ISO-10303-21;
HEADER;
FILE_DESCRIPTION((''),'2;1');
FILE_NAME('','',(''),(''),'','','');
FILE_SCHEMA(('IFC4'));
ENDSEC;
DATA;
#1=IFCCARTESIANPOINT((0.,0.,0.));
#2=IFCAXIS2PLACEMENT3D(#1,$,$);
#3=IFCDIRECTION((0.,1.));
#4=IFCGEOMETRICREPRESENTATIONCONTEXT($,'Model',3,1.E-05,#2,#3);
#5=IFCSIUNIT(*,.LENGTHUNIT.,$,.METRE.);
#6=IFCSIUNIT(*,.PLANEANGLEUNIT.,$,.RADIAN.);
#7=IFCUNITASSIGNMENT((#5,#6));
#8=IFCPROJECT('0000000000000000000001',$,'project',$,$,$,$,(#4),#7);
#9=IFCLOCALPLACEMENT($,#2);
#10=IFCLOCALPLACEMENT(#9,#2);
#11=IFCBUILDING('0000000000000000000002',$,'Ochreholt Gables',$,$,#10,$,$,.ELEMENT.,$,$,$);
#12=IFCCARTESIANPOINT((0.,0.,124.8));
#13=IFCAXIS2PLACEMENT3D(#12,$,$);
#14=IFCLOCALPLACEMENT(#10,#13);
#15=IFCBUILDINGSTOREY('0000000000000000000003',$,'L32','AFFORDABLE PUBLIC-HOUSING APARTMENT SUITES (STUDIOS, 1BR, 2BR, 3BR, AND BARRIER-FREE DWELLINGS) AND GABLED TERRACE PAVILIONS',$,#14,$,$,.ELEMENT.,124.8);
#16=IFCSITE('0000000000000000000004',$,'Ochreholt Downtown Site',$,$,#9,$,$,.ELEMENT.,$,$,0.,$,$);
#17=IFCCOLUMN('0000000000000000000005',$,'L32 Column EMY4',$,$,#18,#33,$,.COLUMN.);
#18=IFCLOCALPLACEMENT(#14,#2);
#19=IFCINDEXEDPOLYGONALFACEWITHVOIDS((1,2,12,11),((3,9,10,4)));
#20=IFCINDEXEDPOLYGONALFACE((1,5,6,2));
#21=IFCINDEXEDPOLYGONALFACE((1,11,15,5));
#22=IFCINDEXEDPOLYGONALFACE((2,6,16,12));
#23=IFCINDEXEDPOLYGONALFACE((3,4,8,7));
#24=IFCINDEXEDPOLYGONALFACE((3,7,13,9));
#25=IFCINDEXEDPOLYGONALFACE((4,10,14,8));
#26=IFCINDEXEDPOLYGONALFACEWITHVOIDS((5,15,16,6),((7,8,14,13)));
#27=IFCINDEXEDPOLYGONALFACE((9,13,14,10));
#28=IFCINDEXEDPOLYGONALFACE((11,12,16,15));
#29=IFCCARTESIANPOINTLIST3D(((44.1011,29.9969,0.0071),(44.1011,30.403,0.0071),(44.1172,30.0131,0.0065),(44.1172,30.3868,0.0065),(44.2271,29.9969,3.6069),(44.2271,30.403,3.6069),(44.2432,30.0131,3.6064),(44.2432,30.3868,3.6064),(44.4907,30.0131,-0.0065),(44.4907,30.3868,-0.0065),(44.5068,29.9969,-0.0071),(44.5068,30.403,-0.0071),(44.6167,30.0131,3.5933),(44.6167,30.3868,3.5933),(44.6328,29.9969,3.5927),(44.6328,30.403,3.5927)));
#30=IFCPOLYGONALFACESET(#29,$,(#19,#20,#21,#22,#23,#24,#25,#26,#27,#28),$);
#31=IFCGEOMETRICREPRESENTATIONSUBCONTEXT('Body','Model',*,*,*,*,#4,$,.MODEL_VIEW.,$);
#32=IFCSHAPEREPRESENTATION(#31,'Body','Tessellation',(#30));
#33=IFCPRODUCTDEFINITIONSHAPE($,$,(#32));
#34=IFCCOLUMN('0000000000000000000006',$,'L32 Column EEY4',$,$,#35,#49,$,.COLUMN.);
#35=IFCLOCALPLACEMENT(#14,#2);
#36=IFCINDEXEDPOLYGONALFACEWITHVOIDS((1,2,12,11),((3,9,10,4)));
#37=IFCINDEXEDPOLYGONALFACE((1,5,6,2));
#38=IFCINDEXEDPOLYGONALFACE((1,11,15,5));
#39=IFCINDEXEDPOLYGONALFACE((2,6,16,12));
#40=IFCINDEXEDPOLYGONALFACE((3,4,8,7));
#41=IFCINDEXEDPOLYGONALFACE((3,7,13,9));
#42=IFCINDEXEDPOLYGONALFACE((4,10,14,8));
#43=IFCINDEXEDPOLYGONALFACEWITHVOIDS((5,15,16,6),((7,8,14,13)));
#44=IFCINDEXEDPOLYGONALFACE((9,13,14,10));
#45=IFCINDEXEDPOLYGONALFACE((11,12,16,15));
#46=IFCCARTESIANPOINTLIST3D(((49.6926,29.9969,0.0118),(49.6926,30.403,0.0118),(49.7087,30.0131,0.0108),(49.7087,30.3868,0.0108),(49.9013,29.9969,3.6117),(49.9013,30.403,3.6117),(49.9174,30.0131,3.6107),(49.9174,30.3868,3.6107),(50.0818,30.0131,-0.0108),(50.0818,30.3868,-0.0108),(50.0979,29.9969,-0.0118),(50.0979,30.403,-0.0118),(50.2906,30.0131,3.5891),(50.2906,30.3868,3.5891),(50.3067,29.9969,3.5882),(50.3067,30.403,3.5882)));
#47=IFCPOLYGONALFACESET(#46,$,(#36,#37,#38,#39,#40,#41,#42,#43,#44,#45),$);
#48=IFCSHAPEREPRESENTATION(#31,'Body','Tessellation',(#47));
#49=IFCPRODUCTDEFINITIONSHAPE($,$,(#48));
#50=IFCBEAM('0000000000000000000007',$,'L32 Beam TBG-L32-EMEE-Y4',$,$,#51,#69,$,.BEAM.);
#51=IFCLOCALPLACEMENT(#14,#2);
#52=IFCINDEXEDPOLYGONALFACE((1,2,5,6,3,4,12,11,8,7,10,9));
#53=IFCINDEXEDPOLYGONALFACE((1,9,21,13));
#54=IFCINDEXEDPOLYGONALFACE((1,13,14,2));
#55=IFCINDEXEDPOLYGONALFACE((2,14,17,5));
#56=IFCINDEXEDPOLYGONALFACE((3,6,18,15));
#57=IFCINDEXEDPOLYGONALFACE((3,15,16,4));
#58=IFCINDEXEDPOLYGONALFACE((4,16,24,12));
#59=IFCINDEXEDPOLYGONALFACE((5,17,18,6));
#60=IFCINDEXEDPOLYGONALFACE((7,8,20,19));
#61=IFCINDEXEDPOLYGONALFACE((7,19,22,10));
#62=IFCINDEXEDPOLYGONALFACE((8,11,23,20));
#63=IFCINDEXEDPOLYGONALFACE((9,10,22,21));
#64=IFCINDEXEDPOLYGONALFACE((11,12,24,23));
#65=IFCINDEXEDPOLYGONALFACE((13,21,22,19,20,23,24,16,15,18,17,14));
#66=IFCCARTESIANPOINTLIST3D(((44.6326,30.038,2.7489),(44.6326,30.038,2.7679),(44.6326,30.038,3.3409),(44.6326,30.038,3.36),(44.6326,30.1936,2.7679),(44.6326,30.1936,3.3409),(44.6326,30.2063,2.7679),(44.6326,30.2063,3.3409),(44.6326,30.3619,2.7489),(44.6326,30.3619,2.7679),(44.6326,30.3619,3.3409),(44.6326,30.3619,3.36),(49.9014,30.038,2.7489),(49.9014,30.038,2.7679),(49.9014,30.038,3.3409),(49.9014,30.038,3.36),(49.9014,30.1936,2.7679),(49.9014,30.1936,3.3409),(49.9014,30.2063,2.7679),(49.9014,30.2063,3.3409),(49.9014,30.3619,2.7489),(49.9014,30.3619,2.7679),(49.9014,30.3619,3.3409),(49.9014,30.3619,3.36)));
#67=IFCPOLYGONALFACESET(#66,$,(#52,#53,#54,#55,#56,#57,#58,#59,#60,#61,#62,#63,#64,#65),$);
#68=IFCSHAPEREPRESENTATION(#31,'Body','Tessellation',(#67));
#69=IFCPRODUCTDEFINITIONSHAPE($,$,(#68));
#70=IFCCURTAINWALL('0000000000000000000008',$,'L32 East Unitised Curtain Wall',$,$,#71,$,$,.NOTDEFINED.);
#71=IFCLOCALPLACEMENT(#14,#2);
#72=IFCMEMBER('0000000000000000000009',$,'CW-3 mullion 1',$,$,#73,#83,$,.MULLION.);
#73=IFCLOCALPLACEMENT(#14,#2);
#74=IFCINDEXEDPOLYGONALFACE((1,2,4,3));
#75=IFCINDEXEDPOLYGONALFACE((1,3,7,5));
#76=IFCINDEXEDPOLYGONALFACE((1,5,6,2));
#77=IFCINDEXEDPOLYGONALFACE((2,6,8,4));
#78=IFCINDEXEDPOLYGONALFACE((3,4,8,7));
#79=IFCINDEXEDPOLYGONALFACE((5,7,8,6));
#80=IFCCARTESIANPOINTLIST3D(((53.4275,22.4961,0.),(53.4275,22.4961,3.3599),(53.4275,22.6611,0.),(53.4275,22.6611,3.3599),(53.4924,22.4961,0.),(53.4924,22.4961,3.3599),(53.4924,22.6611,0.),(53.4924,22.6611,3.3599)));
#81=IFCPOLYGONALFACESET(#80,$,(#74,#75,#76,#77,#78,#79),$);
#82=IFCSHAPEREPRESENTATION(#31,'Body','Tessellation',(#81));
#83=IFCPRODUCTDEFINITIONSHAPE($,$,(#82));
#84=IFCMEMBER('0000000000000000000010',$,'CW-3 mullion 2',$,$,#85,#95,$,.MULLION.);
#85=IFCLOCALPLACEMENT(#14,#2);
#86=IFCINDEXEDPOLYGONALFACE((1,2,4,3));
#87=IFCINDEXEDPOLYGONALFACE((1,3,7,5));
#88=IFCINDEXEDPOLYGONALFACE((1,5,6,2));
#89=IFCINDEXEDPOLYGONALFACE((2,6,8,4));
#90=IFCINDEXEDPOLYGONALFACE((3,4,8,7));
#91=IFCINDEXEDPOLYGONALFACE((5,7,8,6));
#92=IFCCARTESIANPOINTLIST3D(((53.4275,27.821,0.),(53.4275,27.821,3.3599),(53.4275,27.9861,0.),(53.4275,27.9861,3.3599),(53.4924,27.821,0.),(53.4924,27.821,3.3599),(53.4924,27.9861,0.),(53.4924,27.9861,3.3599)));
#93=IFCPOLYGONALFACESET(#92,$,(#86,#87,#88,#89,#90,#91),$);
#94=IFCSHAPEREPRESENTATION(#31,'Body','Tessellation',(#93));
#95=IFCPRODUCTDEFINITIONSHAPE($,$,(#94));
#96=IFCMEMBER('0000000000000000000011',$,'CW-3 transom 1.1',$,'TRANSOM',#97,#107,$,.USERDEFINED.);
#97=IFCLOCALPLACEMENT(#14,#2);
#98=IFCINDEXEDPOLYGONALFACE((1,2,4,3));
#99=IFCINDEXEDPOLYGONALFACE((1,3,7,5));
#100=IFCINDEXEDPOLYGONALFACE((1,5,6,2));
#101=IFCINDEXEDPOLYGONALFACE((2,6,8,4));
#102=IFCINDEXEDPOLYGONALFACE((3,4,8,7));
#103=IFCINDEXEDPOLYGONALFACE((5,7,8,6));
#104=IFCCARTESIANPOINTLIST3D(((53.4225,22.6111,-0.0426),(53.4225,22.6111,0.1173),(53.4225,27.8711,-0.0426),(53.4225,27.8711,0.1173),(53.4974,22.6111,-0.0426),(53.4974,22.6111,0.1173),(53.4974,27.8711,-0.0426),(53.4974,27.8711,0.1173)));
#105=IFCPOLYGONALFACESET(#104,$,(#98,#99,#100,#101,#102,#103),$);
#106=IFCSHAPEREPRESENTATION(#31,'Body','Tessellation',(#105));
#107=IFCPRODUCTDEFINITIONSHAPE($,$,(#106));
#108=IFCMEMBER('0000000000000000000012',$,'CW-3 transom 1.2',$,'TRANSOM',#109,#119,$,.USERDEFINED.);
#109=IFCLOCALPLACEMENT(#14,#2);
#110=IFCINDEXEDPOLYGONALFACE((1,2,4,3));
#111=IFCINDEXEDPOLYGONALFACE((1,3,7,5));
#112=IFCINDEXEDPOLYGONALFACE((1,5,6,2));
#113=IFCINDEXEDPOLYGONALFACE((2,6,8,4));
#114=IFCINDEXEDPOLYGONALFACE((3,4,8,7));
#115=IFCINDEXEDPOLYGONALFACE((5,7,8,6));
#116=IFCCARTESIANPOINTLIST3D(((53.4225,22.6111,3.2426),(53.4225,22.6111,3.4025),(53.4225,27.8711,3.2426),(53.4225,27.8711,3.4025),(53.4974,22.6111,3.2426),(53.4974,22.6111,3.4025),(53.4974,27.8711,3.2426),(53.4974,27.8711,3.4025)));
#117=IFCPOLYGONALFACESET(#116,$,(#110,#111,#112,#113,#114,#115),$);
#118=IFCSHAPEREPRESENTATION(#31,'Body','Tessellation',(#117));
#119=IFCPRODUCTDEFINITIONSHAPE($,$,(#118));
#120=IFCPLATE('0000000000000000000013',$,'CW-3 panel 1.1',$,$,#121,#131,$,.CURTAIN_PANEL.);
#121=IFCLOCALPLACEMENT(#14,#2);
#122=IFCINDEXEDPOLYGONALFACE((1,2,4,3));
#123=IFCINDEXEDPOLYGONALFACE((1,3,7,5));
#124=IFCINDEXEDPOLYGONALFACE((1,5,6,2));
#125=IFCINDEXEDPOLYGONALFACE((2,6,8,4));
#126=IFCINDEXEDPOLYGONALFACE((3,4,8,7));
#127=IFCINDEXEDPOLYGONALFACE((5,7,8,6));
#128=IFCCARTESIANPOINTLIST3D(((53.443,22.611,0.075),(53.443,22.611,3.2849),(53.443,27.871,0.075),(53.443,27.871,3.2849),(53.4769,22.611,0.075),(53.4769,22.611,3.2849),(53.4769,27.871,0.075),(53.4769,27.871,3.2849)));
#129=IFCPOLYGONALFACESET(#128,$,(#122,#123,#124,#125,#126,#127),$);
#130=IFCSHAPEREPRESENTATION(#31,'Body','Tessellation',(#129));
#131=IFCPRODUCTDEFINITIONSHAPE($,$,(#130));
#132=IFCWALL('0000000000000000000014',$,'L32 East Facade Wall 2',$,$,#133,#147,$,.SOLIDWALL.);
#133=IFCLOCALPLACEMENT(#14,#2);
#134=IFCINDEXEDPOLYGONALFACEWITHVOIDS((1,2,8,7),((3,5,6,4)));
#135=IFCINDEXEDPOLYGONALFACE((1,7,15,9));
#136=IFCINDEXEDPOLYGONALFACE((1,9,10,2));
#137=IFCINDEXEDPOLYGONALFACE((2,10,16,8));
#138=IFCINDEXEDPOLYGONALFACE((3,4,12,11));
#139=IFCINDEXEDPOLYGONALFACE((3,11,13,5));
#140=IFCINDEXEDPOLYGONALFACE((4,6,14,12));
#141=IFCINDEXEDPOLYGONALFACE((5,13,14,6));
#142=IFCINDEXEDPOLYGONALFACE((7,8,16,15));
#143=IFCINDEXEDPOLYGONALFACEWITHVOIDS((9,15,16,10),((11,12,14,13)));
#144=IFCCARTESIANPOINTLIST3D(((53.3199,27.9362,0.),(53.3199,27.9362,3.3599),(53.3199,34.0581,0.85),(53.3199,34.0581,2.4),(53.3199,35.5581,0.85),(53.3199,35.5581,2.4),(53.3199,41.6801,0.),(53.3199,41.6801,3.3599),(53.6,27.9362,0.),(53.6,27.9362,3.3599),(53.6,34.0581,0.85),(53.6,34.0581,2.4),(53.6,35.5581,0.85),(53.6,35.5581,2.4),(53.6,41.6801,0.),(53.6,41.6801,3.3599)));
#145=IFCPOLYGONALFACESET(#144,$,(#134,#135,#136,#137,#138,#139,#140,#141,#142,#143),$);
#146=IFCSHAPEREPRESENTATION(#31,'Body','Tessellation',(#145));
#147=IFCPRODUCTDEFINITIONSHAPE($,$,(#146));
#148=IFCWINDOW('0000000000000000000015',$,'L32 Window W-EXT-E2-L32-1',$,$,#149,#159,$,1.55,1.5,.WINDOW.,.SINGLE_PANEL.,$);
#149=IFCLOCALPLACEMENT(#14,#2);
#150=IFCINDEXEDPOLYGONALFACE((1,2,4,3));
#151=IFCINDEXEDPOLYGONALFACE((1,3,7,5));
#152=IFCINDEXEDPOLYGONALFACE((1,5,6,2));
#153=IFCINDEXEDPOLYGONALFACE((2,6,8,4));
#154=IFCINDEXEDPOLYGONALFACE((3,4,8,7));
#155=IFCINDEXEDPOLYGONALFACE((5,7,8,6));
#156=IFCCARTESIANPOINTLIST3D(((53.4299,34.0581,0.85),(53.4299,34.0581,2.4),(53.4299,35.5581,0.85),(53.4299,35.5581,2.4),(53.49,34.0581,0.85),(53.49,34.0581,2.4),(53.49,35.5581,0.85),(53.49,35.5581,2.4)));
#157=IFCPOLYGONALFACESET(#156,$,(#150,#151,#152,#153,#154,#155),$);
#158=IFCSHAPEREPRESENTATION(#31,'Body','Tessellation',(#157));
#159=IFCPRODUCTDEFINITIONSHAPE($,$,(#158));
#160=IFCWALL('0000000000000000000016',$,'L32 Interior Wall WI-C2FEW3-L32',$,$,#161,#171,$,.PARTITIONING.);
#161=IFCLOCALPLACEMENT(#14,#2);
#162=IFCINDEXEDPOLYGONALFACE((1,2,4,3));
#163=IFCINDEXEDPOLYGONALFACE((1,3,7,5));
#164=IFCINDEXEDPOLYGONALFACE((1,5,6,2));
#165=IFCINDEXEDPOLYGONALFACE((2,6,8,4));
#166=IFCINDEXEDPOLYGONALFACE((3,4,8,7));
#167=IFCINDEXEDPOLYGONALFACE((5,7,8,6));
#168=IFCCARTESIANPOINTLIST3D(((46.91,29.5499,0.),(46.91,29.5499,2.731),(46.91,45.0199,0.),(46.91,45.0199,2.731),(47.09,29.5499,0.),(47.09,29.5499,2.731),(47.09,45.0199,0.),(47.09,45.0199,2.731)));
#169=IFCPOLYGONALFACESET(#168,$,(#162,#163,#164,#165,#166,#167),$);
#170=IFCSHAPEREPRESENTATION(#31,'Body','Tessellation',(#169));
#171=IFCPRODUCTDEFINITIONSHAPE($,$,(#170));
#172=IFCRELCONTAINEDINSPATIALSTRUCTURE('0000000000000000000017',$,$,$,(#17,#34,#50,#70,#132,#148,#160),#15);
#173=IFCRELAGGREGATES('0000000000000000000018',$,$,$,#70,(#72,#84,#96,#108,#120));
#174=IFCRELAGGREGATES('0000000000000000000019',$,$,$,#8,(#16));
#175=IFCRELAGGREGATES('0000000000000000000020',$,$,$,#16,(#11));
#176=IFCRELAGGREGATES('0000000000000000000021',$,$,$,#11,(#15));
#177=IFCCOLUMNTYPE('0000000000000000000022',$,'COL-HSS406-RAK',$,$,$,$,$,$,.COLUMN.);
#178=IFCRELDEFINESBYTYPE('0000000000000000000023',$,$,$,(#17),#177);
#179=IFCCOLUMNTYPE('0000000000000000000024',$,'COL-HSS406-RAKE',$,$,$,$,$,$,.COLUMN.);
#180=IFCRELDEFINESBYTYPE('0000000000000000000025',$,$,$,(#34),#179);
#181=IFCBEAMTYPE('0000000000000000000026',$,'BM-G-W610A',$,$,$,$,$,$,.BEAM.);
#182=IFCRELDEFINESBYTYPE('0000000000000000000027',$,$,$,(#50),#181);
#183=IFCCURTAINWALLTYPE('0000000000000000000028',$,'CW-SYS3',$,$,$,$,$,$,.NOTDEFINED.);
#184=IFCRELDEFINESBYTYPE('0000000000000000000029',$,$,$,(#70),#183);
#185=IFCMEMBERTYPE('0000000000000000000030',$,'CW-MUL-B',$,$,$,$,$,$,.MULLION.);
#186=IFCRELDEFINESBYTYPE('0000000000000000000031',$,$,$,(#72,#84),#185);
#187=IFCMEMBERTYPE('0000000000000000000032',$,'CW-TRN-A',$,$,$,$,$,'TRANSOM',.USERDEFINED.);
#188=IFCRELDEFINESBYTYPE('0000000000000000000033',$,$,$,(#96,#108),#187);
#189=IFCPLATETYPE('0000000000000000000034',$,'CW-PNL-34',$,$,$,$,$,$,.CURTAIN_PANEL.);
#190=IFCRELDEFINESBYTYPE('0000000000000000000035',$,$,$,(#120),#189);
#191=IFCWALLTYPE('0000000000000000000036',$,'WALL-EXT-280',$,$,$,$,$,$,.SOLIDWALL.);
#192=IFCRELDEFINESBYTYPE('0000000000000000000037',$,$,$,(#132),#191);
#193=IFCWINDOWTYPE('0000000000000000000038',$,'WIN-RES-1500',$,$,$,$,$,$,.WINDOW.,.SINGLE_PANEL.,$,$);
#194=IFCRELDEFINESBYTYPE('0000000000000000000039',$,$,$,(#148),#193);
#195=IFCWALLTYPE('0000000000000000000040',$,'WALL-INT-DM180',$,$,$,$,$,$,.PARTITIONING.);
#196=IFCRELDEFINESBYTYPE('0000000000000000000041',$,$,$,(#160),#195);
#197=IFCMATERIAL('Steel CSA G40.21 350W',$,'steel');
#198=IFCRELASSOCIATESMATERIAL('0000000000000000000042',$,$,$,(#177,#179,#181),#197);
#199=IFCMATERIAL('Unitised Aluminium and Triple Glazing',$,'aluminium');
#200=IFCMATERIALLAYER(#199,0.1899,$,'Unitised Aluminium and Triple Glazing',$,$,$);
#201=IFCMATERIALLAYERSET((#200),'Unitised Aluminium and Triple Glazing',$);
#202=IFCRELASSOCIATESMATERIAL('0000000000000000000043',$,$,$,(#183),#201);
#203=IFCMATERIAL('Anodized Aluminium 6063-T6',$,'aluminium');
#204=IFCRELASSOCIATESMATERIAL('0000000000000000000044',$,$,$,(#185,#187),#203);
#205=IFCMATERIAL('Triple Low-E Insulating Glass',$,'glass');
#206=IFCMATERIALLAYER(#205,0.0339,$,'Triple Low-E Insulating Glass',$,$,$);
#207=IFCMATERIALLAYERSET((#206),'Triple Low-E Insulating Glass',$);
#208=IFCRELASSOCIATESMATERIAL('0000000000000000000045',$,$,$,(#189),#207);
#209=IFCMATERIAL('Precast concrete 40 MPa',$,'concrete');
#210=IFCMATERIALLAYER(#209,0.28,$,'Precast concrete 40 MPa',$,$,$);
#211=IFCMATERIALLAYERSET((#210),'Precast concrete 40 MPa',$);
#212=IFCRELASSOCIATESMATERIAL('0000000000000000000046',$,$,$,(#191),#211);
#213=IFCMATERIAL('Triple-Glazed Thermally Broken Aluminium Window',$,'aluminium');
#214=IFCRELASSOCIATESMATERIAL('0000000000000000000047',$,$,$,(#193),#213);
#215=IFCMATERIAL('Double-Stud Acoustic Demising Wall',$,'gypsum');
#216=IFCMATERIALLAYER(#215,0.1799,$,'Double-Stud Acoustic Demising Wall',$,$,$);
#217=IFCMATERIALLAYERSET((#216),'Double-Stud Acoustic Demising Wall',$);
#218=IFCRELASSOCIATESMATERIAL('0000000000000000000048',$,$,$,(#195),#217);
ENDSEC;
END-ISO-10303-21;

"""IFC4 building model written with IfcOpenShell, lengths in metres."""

from ifc_helpers import new_model, si_unit, direction, frame, frame_2d, origin, origin_2d, place, context, subcontext, project, spatial, rectangle, hollow_rectangle, i_section, extrude, material, layer, layer_set, material_profile, profile_set, type_object, element, fill, aggregate, save


model = new_model("IFC4")

# Units and contexts
model_context = context("Model", 3, precision=1e-05, world=origin(), true_north=direction((0.0, 1.0)))
body_context = subcontext(model_context, "Body", "Model", "MODEL_VIEW")
ifc_project = project(units=[si_unit("LENGTHUNIT", "METRE"), si_unit("PLANEANGLEUNIT", "RADIAN")], contexts=[model_context])

# Site, building, storey
site_placement = place(None, origin())
site = spatial("IfcSite", under=ifc_project, at=site_placement, Name="Ochreholt Downtown Site", CompositionType="ELEMENT", RefElevation=0.0)
building_placement = place(site_placement, origin())
building = spatial("IfcBuilding", under=site, at=building_placement, Name="Ochreholt Gables", CompositionType="ELEMENT")
storey_placement = place(building_placement, frame((0.0, 0.0, 124.8)))
storey = spatial("IfcBuildingStorey", under=building, at=storey_placement, Name="L32", Description="AFFORDABLE PUBLIC-HOUSING APARTMENT SUITES (STUDIOS, 1BR, 2BR, 3BR, AND BARRIER-FREE DWELLINGS) AND GABLED TERRACE PAVILIONS", CompositionType="ELEMENT", Elevation=124.8)

# Columns
ifc_material_1 = material(Name="Steel CSA G40.21 350W", Category="steel")
ifc_material_profile_1 = material_profile(ifc_material_1, hollow_rectangle(XDim=0.406, YDim=0.406, WallThickness=0.0161, at=origin_2d()), Name="HSS406X406X16")
ifc_profile_set_1 = profile_set([ifc_material_profile_1], Name="Steel CSA G40.21 350W")
column_type_1 = type_object("IfcColumnType", Name="COL-HSS406-RAK", PredefinedType="COLUMN", material=ifc_profile_set_1)
column_1_placement = place(storey_placement, frame((44.304, 30.2, 0.0), z_axis=(0.034974, 0.0, 0.999388), x_axis=(0.0, 1.0, 0.0)))
element("IfcColumn", 1, at=column_1_placement, inside=storey, type_object=column_type_1, Name="L32 Column EMY4", PredefinedType="COLUMN", context=body_context, shape_type="SweptSolid", body=[
    extrude(hollow_rectangle(XDim=0.406, YDim=0.406, WallThickness=0.0161, at=origin_2d()), origin(), (0.0, 0.0, 1.0), 3.6021),
])
ifc_material_profile_2 = material_profile(ifc_material_1, hollow_rectangle(XDim=0.406, YDim=0.406, WallThickness=0.0161, at=origin_2d()), Name="HSS406X406X16")
ifc_profile_set_2 = profile_set([ifc_material_profile_2], Name="Steel CSA G40.21 350W")
column_type_2 = type_object("IfcColumnType", Name="COL-HSS406-RAKE", PredefinedType="COLUMN", material=ifc_profile_set_2)
column_2_placement = place(storey_placement, frame((49.8953, 30.2, 0.0), z_axis=(0.057889, 0.0, 0.998323), x_axis=(0.0, 1.0, 0.0)))
element("IfcColumn", 2, at=column_2_placement, inside=storey, type_object=column_type_2, Name="L32 Column EEY4", PredefinedType="COLUMN", context=body_context, shape_type="SweptSolid", body=[
    extrude(hollow_rectangle(XDim=0.406, YDim=0.406, WallThickness=0.0161, at=origin_2d()), origin(), (0.0, 0.0, 1.0), 3.606),
])

# Beam
ifc_material_profile_3 = material_profile(ifc_material_1, i_section(OverallWidth=0.324, OverallDepth=0.6111, WebThickness=0.0127, FlangeThickness=0.019, at=origin_2d()), Name="W610X155")
ifc_profile_set_3 = profile_set([ifc_material_profile_3], Name="Steel CSA G40.21 350W")
beam_type = type_object("IfcBeamType", Name="BM-G-W610A", PredefinedType="BEAM", material=ifc_profile_set_3)
beam_placement = place(storey_placement, frame((44.6326, 30.2, 3.0544), z_axis=(1.0, 0.0, 0.0), x_axis=(0.0, 1.0, 0.0)))
element("IfcBeam", 3, at=beam_placement, inside=storey, type_object=beam_type, Name="L32 Beam TBG-L32-EMEE-Y4", PredefinedType="BEAM", context=body_context, shape_type="SweptSolid", body=[
    extrude(i_section(OverallWidth=0.324, OverallDepth=0.6111, WebThickness=0.0127, FlangeThickness=0.019, at=origin_2d()), origin(), (0.0, 0.0, 1.0), 5.2688),
])

# Curtain wall, members, plate
ifc_material_2 = material(Name="Unitised Aluminium and Triple Glazing", Category="aluminium")
ifc_layer_1 = layer(ifc_material_2, 0.1899, Name="Unitised Aluminium and Triple Glazing")
ifc_layer_set_1 = layer_set([ifc_layer_1], Name="Unitised Aluminium and Triple Glazing")
curtain_wall_type = type_object("IfcCurtainWallType", Name="CW-SYS3", PredefinedType="NOTDEFINED", material=ifc_layer_set_1)
curtain_wall_placement = place(storey_placement, origin())
curtain_wall = element("IfcCurtainWall", 4, at=curtain_wall_placement, inside=storey, type_object=curtain_wall_type, Name="L32 East Unitised Curtain Wall", PredefinedType="NOTDEFINED")
ifc_material_3 = material(Name="Anodized Aluminium 6063-T6", Category="aluminium")
ifc_material_profile_4 = material_profile(ifc_material_3, rectangle(XDim=0.0649, YDim=0.165, at=origin_2d()), Name="CWM65X165")
ifc_profile_set_4 = profile_set([ifc_material_profile_4], Name="Anodized Aluminium 6063-T6")
member_type_1 = type_object("IfcMemberType", Name="CW-MUL-B", PredefinedType="MULLION", material=ifc_profile_set_4)
member_1_placement = place(storey_placement, frame((53.46, 22.5786, 0.0), z_axis=(0.0, 0.0, 1.0), x_axis=(-1.0, 0.0, 0.0)))
member_1 = element("IfcMember", 5, at=member_1_placement, type_object=member_type_1, Name="CW-3 mullion 1", PredefinedType="MULLION", context=body_context, shape_type="SweptSolid", body=[
    extrude(rectangle(XDim=0.0649, YDim=0.165, at=origin_2d()), origin(), (0.0, 0.0, 1.0), 3.3599),
])
member_2_placement = place(storey_placement, frame((53.46, 27.9036, 0.0), z_axis=(0.0, 0.0, 1.0), x_axis=(-1.0, 0.0, 0.0)))
member_2 = element("IfcMember", 6, at=member_2_placement, type_object=member_type_1, Name="CW-3 mullion 2", PredefinedType="MULLION", context=body_context, shape_type="SweptSolid", body=[
    extrude(rectangle(XDim=0.0649, YDim=0.165, at=origin_2d()), origin(), (0.0, 0.0, 1.0), 3.3599),
])
ifc_material_profile_5 = material_profile(ifc_material_3, rectangle(XDim=0.075, YDim=0.1599, at=origin_2d()), Name="CWT75X160")
ifc_profile_set_5 = profile_set([ifc_material_profile_5], Name="Anodized Aluminium 6063-T6")
member_type_2 = type_object("IfcMemberType", Name="CW-TRN-A", ElementType="TRANSOM", PredefinedType="USERDEFINED", material=ifc_profile_set_5)
member_3_placement = place(storey_placement, frame((53.46, 22.6111, 0.0374), z_axis=(0.0, 1.0, 0.0), x_axis=(-1.0, 0.0, 0.0)))
member_3 = element("IfcMember", 7, at=member_3_placement, type_object=member_type_2, Name="CW-3 transom 1.1", ObjectType="TRANSOM", PredefinedType="USERDEFINED", context=body_context, shape_type="SweptSolid", body=[
    extrude(rectangle(XDim=0.075, YDim=0.1599, at=origin_2d()), origin(), (0.0, 0.0, 1.0), 5.26),
])
member_4_placement = place(storey_placement, frame((53.46, 22.6111, 3.3225), z_axis=(0.0, 1.0, 0.0), x_axis=(-1.0, 0.0, 0.0)))
member_4 = element("IfcMember", 8, at=member_4_placement, type_object=member_type_2, Name="CW-3 transom 1.2", ObjectType="TRANSOM", PredefinedType="USERDEFINED", context=body_context, shape_type="SweptSolid", body=[
    extrude(rectangle(XDim=0.075, YDim=0.1599, at=origin_2d()), origin(), (0.0, 0.0, 1.0), 5.26),
])
ifc_material_4 = material(Name="Triple Low-E Insulating Glass", Category="glass")
ifc_layer_2 = layer(ifc_material_4, 0.0339, Name="Triple Low-E Insulating Glass")
ifc_layer_set_2 = layer_set([ifc_layer_2], Name="Triple Low-E Insulating Glass")
plate_type = type_object("IfcPlateType", Name="CW-PNL-34", PredefinedType="CURTAIN_PANEL", material=ifc_layer_set_2)
plate_placement = place(storey_placement, frame((53.46, 25.241, 0.075), z_axis=(0.0, 0.0, 1.0), x_axis=(0.0, 1.0, 0.0)))
plate = element("IfcPlate", 9, at=plate_placement, type_object=plate_type, Name="CW-3 panel 1.1", PredefinedType="CURTAIN_PANEL", context=body_context, shape_type="SweptSolid", body=[
    extrude(rectangle(XDim=5.26, YDim=0.0339, at=origin_2d()), origin(), (0.0, 0.0, 1.0), 3.21),
])
aggregate(curtain_wall, [member_1, member_2, member_3, member_4, plate])

# Wall, opening, window
ifc_material_5 = material(Name="Precast concrete 40 MPa", Category="concrete")
ifc_layer_3 = layer(ifc_material_5, 0.28, Name="Precast concrete 40 MPa")
ifc_layer_set_3 = layer_set([ifc_layer_3], Name="Precast concrete 40 MPa")
wall_type_1 = type_object("IfcWallType", Name="WALL-EXT-280", PredefinedType="SOLIDWALL", material=ifc_layer_set_3)
wall_1_placement = place(storey_placement, frame((53.46, 27.936, 0.0), z_axis=(0.0, 0.0, 1.0), x_axis=(0.0, 1.0, 0.0)))
wall_1 = element("IfcWall", 10, at=wall_1_placement, inside=storey, type_object=wall_type_1, Name="L32 East Facade Wall 2", PredefinedType="SOLIDWALL", context=body_context, shape_type="SweptSolid", body=[
    extrude(rectangle(XDim=13.7439, YDim=0.28, at=frame_2d((6.8721, 0.0))), origin(), (0.0, 0.0, 1.0), 3.3599),
])
opening_1_placement = place(wall_1_placement, frame((6.1221, 0.0, 0.8501)))
opening_1 = element("IfcOpeningElement", 11, at=opening_1_placement, cuts=wall_1, PredefinedType="OPENING", context=body_context, shape_type="SweptSolid", body=[
    extrude(rectangle(XDim=1.5, YDim=1.55, at=frame_2d((0.75, 0.7749))), frame((0.0, 0.1499, 0.0), z_axis=(0.0, -1.0, 0.0), x_axis=(1.0, 0.0, 0.0)), (0.0, 0.0, 1.0), 0.3),
])
ifc_material_6 = material(Name="Triple-Glazed Thermally Broken Aluminium Window", Category="aluminium")
window_type = type_object("IfcWindowType", Name="WIN-RES-1500", PartitioningType="SINGLE_PANEL", PredefinedType="WINDOW", material=ifc_material_6)
window_placement = place(opening_1_placement, origin())
window = element("IfcWindow", 12, at=window_placement, inside=storey, type_object=window_type, Name="L32 Window W-EXT-E2-L32-1", OverallHeight=1.55, OverallWidth=1.5, PartitioningType="SINGLE_PANEL", PredefinedType="WINDOW", context=body_context, shape_type="SweptSolid", body=[
    extrude(rectangle(XDim=1.5, YDim=1.55, at=frame_2d((0.75, 0.7749))), frame((0.0, 0.03, 0.0), z_axis=(0.0, -1.0, 0.0), x_axis=(1.0, 0.0, 0.0)), (0.0, 0.0, 1.0), 0.0601),
])
fill(opening_1, window)

# Wall
ifc_material_7 = material(Name="Double-Stud Acoustic Demising Wall", Category="gypsum")
ifc_layer_4 = layer(ifc_material_7, 0.1799, Name="Double-Stud Acoustic Demising Wall")
ifc_layer_set_4 = layer_set([ifc_layer_4], Name="Double-Stud Acoustic Demising Wall")
wall_type_2 = type_object("IfcWallType", Name="WALL-INT-DM180", PredefinedType="PARTITIONING", material=ifc_layer_set_4)
wall_2_placement = place(storey_placement, frame((47.0, 29.55, 0.0), z_axis=(0.0, 0.0, 1.0), x_axis=(0.0, 1.0, 0.0)))
element("IfcWall", 13, at=wall_2_placement, inside=storey, type_object=wall_type_2, Name="L32 Interior Wall WI-C2FEW3-L32", PredefinedType="PARTITIONING", context=body_context, shape_type="SweptSolid", body=[
    extrude(rectangle(XDim=15.47, YDim=0.1799, at=frame_2d((7.7349, 0.0))), origin(), (0.0, 0.0, 1.0), 2.731),
])

save(model, "model.ifc")
